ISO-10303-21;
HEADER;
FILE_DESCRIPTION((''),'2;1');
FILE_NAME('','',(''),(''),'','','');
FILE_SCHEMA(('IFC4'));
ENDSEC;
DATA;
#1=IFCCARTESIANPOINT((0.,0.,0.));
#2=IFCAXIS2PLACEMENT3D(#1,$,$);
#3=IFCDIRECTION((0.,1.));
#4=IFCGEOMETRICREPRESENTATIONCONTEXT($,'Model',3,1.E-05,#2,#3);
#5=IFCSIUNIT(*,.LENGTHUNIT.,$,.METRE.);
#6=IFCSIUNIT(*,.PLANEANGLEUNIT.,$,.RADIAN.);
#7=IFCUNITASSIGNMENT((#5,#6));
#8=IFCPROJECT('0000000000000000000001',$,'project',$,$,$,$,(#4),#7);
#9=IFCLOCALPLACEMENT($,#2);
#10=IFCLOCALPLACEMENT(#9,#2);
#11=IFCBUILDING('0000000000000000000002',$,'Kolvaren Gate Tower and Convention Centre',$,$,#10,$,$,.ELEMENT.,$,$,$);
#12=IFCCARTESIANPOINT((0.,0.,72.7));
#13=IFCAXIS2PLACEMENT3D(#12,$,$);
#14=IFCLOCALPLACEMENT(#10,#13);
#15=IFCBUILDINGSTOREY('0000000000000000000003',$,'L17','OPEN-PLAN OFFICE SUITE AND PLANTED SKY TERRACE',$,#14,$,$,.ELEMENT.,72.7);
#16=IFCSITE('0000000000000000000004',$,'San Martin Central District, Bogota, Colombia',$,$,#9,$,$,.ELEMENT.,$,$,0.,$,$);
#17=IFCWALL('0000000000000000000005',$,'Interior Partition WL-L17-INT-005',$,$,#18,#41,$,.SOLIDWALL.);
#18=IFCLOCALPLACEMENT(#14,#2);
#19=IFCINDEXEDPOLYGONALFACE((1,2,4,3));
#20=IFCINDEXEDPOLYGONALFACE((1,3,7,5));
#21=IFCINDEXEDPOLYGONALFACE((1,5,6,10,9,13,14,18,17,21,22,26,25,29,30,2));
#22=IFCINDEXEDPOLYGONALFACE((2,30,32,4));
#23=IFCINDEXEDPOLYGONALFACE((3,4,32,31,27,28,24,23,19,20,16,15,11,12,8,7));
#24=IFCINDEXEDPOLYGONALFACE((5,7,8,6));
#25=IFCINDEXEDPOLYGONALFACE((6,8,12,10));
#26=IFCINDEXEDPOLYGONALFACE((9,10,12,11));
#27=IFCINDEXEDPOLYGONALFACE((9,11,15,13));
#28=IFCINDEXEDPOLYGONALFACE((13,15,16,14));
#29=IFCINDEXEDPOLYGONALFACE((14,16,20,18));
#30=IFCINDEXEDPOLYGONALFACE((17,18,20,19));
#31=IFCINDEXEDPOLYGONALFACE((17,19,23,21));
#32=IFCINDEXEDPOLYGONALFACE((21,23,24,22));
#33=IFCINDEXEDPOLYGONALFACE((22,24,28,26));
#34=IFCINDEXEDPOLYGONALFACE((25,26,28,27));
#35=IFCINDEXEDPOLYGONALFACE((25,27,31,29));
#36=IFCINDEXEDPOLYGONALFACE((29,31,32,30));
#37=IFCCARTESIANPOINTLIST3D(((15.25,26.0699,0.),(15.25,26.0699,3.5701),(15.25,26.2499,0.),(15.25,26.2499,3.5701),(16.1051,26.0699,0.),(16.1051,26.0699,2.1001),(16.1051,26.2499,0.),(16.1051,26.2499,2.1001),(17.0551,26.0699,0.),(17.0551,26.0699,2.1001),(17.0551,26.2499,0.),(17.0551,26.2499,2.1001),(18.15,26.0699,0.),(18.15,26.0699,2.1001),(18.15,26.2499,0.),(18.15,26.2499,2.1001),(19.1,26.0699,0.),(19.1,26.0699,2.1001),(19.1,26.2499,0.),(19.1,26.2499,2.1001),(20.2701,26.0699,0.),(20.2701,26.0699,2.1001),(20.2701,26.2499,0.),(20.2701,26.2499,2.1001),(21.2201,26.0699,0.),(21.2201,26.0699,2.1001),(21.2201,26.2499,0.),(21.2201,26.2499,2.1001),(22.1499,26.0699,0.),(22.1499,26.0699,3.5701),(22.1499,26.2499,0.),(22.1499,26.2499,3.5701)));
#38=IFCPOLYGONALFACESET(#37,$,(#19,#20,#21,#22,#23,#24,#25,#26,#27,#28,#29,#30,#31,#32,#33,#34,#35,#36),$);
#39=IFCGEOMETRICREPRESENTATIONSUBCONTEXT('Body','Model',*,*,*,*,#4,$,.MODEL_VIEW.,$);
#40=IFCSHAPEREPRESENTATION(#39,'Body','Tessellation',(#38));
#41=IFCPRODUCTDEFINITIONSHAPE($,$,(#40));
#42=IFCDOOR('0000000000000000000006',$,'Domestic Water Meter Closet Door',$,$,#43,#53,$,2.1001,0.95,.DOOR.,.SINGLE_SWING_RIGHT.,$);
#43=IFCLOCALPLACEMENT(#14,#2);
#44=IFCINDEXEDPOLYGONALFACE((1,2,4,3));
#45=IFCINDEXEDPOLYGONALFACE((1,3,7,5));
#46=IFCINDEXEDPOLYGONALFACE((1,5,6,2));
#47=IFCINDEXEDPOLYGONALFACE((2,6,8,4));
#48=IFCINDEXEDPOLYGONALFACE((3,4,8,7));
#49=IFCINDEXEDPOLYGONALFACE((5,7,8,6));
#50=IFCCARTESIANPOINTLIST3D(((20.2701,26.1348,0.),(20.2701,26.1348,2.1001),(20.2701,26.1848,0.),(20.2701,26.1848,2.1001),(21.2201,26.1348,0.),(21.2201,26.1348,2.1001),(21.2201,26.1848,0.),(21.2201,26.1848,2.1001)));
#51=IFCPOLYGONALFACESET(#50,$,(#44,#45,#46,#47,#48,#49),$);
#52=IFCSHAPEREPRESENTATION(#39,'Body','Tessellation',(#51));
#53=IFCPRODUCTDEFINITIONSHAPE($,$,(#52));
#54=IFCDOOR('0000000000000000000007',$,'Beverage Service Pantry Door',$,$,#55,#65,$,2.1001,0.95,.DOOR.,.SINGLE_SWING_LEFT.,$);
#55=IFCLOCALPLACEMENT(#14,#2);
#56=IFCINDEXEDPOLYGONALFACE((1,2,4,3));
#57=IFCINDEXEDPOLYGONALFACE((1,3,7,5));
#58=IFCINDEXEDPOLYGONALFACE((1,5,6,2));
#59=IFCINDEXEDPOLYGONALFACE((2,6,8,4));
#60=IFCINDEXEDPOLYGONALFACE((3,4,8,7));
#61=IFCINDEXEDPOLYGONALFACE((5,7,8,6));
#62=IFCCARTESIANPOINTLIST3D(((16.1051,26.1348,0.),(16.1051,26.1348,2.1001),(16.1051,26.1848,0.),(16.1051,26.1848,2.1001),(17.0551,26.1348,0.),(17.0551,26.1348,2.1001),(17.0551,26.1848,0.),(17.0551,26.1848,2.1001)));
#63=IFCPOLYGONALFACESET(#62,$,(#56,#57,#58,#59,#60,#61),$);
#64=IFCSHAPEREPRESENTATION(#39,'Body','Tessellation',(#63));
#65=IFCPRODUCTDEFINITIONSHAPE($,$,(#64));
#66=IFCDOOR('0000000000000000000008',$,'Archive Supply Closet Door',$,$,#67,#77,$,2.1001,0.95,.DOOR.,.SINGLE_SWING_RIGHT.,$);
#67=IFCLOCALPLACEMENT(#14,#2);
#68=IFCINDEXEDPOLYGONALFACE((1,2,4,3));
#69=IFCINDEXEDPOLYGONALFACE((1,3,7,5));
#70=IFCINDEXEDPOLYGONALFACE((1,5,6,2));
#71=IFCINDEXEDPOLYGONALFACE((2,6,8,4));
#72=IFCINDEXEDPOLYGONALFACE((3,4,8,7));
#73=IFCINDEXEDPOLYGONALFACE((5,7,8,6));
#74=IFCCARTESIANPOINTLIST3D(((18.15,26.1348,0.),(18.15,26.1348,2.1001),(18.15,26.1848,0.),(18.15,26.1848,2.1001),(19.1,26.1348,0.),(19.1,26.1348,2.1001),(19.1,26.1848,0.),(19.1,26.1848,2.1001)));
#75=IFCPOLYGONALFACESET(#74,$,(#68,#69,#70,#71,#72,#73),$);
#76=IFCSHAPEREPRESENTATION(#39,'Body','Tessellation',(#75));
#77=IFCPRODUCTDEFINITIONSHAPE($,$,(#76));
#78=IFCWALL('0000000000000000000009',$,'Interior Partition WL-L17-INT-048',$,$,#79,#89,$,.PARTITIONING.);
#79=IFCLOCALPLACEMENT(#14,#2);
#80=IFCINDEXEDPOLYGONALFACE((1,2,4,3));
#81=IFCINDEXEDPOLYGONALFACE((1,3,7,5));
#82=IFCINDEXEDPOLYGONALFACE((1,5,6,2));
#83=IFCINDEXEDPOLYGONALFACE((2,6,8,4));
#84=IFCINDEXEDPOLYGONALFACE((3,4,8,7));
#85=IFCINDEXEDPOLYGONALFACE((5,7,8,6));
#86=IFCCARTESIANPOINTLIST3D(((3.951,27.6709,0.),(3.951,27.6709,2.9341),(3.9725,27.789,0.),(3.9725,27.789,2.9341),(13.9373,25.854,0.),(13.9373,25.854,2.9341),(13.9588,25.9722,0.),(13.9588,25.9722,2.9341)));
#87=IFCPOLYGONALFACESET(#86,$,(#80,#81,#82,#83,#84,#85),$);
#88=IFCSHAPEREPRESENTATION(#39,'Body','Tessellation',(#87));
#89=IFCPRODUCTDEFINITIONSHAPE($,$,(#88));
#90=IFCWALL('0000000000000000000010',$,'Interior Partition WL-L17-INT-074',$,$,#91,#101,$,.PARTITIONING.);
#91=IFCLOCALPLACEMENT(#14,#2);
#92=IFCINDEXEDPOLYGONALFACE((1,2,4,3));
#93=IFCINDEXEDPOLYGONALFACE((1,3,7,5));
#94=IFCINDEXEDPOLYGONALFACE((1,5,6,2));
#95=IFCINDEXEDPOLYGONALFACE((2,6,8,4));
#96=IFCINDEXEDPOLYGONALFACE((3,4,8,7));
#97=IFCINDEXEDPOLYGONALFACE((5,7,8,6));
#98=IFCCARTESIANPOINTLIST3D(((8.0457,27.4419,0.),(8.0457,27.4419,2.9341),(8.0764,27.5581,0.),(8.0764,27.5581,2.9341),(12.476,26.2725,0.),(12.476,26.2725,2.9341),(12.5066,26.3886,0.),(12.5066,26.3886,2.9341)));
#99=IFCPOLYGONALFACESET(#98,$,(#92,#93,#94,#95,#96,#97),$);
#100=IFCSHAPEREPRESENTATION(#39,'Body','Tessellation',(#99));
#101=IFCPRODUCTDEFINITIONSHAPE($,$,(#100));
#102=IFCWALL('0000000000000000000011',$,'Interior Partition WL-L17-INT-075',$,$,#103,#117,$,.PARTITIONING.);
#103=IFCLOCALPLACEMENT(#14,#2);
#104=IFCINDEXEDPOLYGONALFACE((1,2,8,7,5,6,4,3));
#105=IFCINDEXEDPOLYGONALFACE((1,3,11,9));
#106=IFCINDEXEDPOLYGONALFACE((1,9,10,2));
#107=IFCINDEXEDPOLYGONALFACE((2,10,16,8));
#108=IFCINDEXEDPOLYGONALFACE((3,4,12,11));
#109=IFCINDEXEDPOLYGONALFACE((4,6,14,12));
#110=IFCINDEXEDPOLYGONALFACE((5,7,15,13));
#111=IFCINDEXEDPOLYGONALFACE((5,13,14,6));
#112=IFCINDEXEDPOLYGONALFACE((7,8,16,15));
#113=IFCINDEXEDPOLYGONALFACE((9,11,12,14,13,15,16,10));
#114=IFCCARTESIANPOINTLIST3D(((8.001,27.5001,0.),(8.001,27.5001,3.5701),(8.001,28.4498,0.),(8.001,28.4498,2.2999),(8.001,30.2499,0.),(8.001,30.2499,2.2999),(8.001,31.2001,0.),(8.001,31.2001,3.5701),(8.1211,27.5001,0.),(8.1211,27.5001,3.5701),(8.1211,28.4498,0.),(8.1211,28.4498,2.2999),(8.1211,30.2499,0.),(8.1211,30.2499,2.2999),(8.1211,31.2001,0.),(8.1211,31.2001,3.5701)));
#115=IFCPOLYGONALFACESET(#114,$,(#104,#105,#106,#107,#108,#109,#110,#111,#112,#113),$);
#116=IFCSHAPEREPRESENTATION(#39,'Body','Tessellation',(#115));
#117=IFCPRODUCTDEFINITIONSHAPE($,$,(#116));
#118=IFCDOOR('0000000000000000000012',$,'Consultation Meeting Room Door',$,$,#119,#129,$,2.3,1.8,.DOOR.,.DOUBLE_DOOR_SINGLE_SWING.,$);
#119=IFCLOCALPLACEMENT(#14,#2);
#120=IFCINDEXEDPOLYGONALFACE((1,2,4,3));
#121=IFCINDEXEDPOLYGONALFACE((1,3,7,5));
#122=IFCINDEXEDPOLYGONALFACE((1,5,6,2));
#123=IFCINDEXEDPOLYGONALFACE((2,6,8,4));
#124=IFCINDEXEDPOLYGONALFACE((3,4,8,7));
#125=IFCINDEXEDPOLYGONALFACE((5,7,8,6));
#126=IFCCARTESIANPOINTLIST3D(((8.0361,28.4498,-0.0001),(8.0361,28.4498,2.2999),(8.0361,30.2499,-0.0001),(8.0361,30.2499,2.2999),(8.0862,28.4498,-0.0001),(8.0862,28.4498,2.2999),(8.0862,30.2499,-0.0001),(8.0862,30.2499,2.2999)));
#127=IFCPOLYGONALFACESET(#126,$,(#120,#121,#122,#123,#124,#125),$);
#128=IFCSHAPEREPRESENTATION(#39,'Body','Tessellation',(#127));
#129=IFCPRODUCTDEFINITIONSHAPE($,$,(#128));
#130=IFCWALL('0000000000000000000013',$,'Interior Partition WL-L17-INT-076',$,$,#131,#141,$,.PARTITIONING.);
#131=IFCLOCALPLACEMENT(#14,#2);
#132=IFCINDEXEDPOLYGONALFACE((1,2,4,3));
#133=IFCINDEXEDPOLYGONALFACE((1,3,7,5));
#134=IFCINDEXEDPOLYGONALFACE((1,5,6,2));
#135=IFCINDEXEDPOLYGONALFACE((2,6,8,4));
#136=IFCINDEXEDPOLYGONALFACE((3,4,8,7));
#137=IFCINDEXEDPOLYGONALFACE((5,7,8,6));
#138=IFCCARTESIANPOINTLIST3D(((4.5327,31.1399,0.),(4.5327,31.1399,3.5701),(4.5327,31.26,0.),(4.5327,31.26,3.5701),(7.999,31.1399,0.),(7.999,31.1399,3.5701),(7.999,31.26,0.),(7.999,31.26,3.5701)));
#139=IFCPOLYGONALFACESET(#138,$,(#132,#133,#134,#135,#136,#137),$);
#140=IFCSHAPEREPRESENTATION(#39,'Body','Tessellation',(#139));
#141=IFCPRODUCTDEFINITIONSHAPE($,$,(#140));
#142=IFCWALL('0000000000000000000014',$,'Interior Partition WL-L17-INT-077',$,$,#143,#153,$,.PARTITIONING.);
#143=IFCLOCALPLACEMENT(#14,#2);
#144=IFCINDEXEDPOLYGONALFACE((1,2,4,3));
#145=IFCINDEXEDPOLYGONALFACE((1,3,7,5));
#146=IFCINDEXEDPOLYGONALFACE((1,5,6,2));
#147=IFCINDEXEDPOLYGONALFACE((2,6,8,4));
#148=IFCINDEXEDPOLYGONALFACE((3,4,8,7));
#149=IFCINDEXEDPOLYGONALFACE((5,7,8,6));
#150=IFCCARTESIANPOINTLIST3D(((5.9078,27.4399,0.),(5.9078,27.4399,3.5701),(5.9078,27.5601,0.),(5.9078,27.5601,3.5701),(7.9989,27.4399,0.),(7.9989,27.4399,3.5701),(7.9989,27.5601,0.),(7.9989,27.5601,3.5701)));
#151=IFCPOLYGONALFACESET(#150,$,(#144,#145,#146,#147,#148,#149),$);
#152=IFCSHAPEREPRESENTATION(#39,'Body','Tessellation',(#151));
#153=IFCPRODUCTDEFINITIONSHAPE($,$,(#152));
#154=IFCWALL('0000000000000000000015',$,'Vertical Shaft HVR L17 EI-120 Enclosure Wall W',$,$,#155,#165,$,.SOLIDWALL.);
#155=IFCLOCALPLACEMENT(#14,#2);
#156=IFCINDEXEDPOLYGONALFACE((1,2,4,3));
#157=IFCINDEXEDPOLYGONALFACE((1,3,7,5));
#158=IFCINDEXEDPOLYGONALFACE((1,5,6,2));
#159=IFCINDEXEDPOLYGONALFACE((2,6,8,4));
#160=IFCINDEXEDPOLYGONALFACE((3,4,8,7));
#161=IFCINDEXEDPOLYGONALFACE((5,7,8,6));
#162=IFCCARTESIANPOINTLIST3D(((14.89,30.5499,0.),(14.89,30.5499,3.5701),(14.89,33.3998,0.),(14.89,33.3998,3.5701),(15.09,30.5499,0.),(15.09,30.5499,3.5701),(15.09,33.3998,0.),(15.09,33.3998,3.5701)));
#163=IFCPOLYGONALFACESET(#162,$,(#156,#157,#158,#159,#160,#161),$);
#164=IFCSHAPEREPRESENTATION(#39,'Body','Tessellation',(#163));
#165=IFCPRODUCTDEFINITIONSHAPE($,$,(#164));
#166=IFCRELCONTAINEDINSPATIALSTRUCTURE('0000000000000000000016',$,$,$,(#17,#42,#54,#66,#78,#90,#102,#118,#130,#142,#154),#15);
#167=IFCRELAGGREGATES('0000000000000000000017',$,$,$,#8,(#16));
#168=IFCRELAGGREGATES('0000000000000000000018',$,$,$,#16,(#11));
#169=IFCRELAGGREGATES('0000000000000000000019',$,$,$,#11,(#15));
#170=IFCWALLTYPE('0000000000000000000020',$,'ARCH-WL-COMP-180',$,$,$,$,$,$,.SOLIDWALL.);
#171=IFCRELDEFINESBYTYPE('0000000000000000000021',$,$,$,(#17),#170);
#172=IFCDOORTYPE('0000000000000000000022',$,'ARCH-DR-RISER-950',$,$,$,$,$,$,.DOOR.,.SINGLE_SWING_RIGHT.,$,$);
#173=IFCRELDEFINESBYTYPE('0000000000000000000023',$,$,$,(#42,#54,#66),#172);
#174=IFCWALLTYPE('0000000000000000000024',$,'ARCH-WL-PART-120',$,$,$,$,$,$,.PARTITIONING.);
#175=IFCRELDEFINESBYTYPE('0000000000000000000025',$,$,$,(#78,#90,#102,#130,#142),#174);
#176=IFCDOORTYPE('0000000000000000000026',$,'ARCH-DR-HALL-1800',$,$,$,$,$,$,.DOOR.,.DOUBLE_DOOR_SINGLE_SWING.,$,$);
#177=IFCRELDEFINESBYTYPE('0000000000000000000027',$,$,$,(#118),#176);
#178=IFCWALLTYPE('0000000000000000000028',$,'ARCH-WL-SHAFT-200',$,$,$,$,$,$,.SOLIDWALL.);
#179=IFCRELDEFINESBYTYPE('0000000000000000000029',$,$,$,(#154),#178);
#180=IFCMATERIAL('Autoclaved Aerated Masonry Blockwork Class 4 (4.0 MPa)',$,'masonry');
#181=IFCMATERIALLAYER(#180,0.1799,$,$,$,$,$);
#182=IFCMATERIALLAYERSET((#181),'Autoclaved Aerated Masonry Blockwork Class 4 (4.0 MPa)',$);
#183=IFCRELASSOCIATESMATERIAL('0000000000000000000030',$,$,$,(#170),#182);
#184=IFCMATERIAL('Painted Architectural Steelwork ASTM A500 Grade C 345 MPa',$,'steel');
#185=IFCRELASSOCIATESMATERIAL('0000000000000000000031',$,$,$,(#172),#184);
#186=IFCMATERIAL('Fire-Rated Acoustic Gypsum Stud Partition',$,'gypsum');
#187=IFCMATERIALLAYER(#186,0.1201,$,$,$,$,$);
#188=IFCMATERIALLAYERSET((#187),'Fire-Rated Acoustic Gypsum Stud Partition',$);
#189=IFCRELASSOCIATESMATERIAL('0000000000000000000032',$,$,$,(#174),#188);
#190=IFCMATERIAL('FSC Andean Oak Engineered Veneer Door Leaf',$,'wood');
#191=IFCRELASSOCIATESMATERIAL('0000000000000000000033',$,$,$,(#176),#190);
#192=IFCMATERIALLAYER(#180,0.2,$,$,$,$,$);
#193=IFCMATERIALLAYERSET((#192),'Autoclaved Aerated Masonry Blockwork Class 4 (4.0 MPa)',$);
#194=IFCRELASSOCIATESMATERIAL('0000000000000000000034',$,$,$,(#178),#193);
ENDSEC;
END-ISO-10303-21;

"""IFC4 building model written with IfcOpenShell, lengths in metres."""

from ifc_helpers import new_model, si_unit, direction, frame, frame_2d, origin, place, context, subcontext, project, spatial, rectangle, extrude, material, layer, layer_set, type_object, element, fill, save


model = new_model("IFC4")

# Units and contexts
model_context = context("Model", 3, precision=1e-05, world=origin(), true_north=direction((0.0, 1.0)))
body_context = subcontext(model_context, "Body", "Model", "MODEL_VIEW")
ifc_project = project(units=[si_unit("LENGTHUNIT", "METRE"), si_unit("PLANEANGLEUNIT", "RADIAN")], contexts=[model_context])

# Site, building, storey
site_placement = place(None, origin())
site = spatial("IfcSite", under=ifc_project, at=site_placement, Name="San Martin Central District, Bogota, Colombia", CompositionType="ELEMENT", RefElevation=0.0)
building_placement = place(site_placement, origin())
building = spatial("IfcBuilding", under=site, at=building_placement, Name="Kolvaren Gate Tower and Convention Centre", CompositionType="ELEMENT")
storey_placement = place(building_placement, frame((0.0, 0.0, 72.7)))
storey = spatial("IfcBuildingStorey", under=building, at=storey_placement, Name="L17", Description="OPEN-PLAN OFFICE SUITE AND PLANTED SKY TERRACE", CompositionType="ELEMENT", Elevation=72.7)

# Wall, openings, doors
ifc_material_1 = material(Name="Autoclaved Aerated Masonry Blockwork Class 4 (4.0 MPa)", Category="masonry")
ifc_layer_1 = layer(ifc_material_1, 0.1799)
ifc_layer_set_1 = layer_set([ifc_layer_1], Name="Autoclaved Aerated Masonry Blockwork Class 4 (4.0 MPa)")
wall_type_1 = type_object("IfcWallType", Name="ARCH-WL-COMP-180", PredefinedType="SOLIDWALL", material=ifc_layer_set_1)
ifc_material_2 = material(Name="Painted Architectural Steelwork ASTM A500 Grade C 345 MPa", Category="steel")
door_type_1 = type_object("IfcDoorType", Name="ARCH-DR-RISER-950", OperationType="SINGLE_SWING_RIGHT", PredefinedType="DOOR", material=ifc_material_2)
wall_1_placement = place(storey_placement, frame((15.25, 26.1599, 0.0), z_axis=(0.0, 0.0, 1.0), x_axis=(1.0, 0.0, 0.0)))
wall_1 = element("IfcWall", 1, at=wall_1_placement, inside=storey, type_object=wall_type_1, Name="Interior Partition WL-L17-INT-005", PredefinedType="SOLIDWALL", context=body_context, shape_type="SweptSolid", body=[
    extrude(rectangle(XDim=6.8999, YDim=0.1799, at=frame_2d((3.45, 0.0))), origin(), (0.0, 0.0, 1.0), 3.5701),
])
opening_1_placement = place(wall_1_placement, frame((5.02, 0.0, 0.0)))
opening_1 = element("IfcOpeningElement", 2, at=opening_1_placement, cuts=wall_1, PredefinedType="OPENING", context=body_context, shape_type="SweptSolid", body=[
    extrude(rectangle(XDim=0.95, YDim=2.1001, at=frame_2d((0.4751, 1.05))), frame((0.0, 0.0999, 0.0), z_axis=(0.0, -1.0, 0.0), x_axis=(1.0, 0.0, 0.0)), (0.0, 0.0, 1.0), 0.2),
])
opening_2_placement = place(wall_1_placement, frame((0.855, 0.0, 0.0)))
opening_2 = element("IfcOpeningElement", 3, at=opening_2_placement, cuts=wall_1, PredefinedType="OPENING", context=body_context, shape_type="SweptSolid", body=[
    extrude(rectangle(XDim=0.95, YDim=2.1001, at=frame_2d((0.4751, 1.05))), frame((0.0, 0.0999, 0.0), z_axis=(0.0, -1.0, 0.0), x_axis=(1.0, 0.0, 0.0)), (0.0, 0.0, 1.0), 0.2),
])
opening_3_placement = place(wall_1_placement, frame((2.8999, 0.0, 0.0)))
opening_3 = element("IfcOpeningElement", 4, at=opening_3_placement, cuts=wall_1, PredefinedType="OPENING", context=body_context, shape_type="SweptSolid", body=[
    extrude(rectangle(XDim=0.95, YDim=2.1001, at=frame_2d((0.4751, 1.05))), frame((0.0, 0.0999, 0.0), z_axis=(0.0, -1.0, 0.0), x_axis=(1.0, 0.0, 0.0)), (0.0, 0.0, 1.0), 0.2),
])
door_1_placement = place(opening_1_placement, origin())
door_1 = element("IfcDoor", 5, at=door_1_placement, inside=storey, type_object=door_type_1, Name="Domestic Water Meter Closet Door", OperationType="SINGLE_SWING_RIGHT", OverallHeight=2.1001, OverallWidth=0.95, PredefinedType="DOOR", context=body_context, shape_type="SweptSolid", body=[
    extrude(rectangle(XDim=0.95, YDim=2.1001, at=frame_2d((0.4751, 1.05))), frame((0.0, 0.0249, 0.0), z_axis=(0.0, -1.0, 0.0), x_axis=(1.0, 0.0, 0.0)), (0.0, 0.0, 1.0), 0.05),
])
fill(opening_1, door_1)
door_2_placement = place(opening_2_placement, origin())
door_2 = element("IfcDoor", 6, at=door_2_placement, inside=storey, type_object=door_type_1, Name="Beverage Service Pantry Door", OperationType="SINGLE_SWING_LEFT", OverallHeight=2.1001, OverallWidth=0.95, PredefinedType="DOOR", context=body_context, shape_type="SweptSolid", body=[
    extrude(rectangle(XDim=0.95, YDim=2.1001, at=frame_2d((0.4751, 1.05))), frame((0.0, 0.0249, 0.0), z_axis=(0.0, -1.0, 0.0), x_axis=(1.0, 0.0, 0.0)), (0.0, 0.0, 1.0), 0.05),
])
fill(opening_2, door_2)
door_3_placement = place(opening_3_placement, origin())
door_3 = element("IfcDoor", 7, at=door_3_placement, inside=storey, type_object=door_type_1, Name="Archive Supply Closet Door", OperationType="SINGLE_SWING_RIGHT", OverallHeight=2.1001, OverallWidth=0.95, PredefinedType="DOOR", context=body_context, shape_type="SweptSolid", body=[
    extrude(rectangle(XDim=0.95, YDim=2.1001, at=frame_2d((0.4751, 1.05))), frame((0.0, 0.0249, 0.0), z_axis=(0.0, -1.0, 0.0), x_axis=(1.0, 0.0, 0.0)), (0.0, 0.0, 1.0), 0.05),
])
fill(opening_3, door_3)

# Walls
ifc_material_3 = material(Name="Fire-Rated Acoustic Gypsum Stud Partition", Category="gypsum")
ifc_layer_2 = layer(ifc_material_3, 0.1201)
ifc_layer_set_2 = layer_set([ifc_layer_2], Name="Fire-Rated Acoustic Gypsum Stud Partition")
wall_type_2 = type_object("IfcWallType", Name="ARCH-WL-PART-120", PredefinedType="PARTITIONING", material=ifc_layer_set_2)
wall_2_placement = place(storey_placement, frame((3.9617, 27.73, 0.0), z_axis=(0.0, 0.0, 1.0), x_axis=(0.983849, -0.179, 0.0)))
element("IfcWall", 8, at=wall_2_placement, inside=storey, type_object=wall_type_2, Name="Interior Partition WL-L17-INT-048", PredefinedType="PARTITIONING", context=body_context, shape_type="SweptSolid", body=[
    extrude(rectangle(XDim=10.1501, YDim=0.1201, at=frame_2d((5.0752, 0.0))), origin(), (0.0, 0.0, 1.0), 2.9341),
])
wall_3_placement = place(storey_placement, frame((8.061, 27.5, 0.0), z_axis=(0.0, 0.0, 1.0), x_axis=(0.966881, -0.255228, 0.0)))
element("IfcWall", 9, at=wall_3_placement, inside=storey, type_object=wall_type_2, Name="Interior Partition WL-L17-INT-074", PredefinedType="PARTITIONING", context=body_context, shape_type="SweptSolid", body=[
    extrude(rectangle(XDim=4.582, YDim=0.1201, at=frame_2d((2.291, 0.0))), origin(), (0.0, 0.0, 1.0), 2.9341),
])

# Wall, opening, door
wall_4_placement = place(storey_placement, frame((8.061, 27.5, 0.0), z_axis=(0.0, 0.0, 1.0), x_axis=(0.0, 1.0, 0.0)))
wall_4 = element("IfcWall", 10, at=wall_4_placement, inside=storey, type_object=wall_type_2, Name="Interior Partition WL-L17-INT-075", PredefinedType="PARTITIONING", context=body_context, shape_type="SweptSolid", body=[
    extrude(rectangle(XDim=3.7, YDim=0.1201, at=frame_2d((1.8501, 0.0))), origin(), (0.0, 0.0, 1.0), 3.5701),
])
opening_4_placement = place(wall_4_placement, frame((0.95, 0.0, 0.0)))
opening_4 = element("IfcOpeningElement", 11, at=opening_4_placement, cuts=wall_4, PredefinedType="OPENING", context=body_context, shape_type="SweptSolid", body=[
    extrude(rectangle(XDim=1.8, YDim=2.3, at=frame_2d((0.8999, 1.1499))), frame((0.0, 0.0701, 0.0), z_axis=(0.0, -1.0, 0.0), x_axis=(1.0, 0.0, 0.0)), (0.0, 0.0, 1.0), 0.1401),
])
ifc_material_4 = material(Name="FSC Andean Oak Engineered Veneer Door Leaf", Category="wood")
door_type_2 = type_object("IfcDoorType", Name="ARCH-DR-HALL-1800", OperationType="DOUBLE_DOOR_SINGLE_SWING", PredefinedType="DOOR", material=ifc_material_4)
door_4_placement = place(opening_4_placement, origin())
door_4 = element("IfcDoor", 12, at=door_4_placement, inside=storey, type_object=door_type_2, Name="Consultation Meeting Room Door", OperationType="DOUBLE_DOOR_SINGLE_SWING", OverallHeight=2.3, OverallWidth=1.8, PredefinedType="DOOR", context=body_context, shape_type="SweptSolid", body=[
    extrude(rectangle(XDim=1.8, YDim=2.3, at=frame_2d((0.8999, 1.1499))), frame((0.0, 0.0249, 0.0), z_axis=(0.0, -1.0, 0.0), x_axis=(1.0, 0.0, 0.0)), (0.0, 0.0, 1.0), 0.05),
])
fill(opening_4, door_4)

# Walls
wall_5_placement = place(storey_placement, frame((4.5327, 31.2, 0.0), z_axis=(0.0, 0.0, 1.0), x_axis=(1.0, 0.0, 0.0)))
element("IfcWall", 13, at=wall_5_placement, inside=storey, type_object=wall_type_2, Name="Interior Partition WL-L17-INT-076", PredefinedType="PARTITIONING", context=body_context, shape_type="SweptSolid", body=[
    extrude(rectangle(XDim=3.4663, YDim=0.1201, at=frame_2d((1.7332, 0.0))), origin(), (0.0, 0.0, 1.0), 3.5701),
])
wall_6_placement = place(storey_placement, frame((5.908, 27.5, 0.0), z_axis=(0.0, 0.0, 1.0), x_axis=(1.0, 0.0, 0.0)))
element("IfcWall", 14, at=wall_6_placement, inside=storey, type_object=wall_type_2, Name="Interior Partition WL-L17-INT-077", PredefinedType="PARTITIONING", context=body_context, shape_type="SweptSolid", body=[
    extrude(rectangle(XDim=2.0911, YDim=0.1201, at=frame_2d((1.0454, 0.0))), origin(), (0.0, 0.0, 1.0), 3.5701),
])
ifc_layer_3 = layer(ifc_material_1, 0.2)
ifc_layer_set_3 = layer_set([ifc_layer_3], Name="Autoclaved Aerated Masonry Blockwork Class 4 (4.0 MPa)")
wall_type_3 = type_object("IfcWallType", Name="ARCH-WL-SHAFT-200", PredefinedType="SOLIDWALL", material=ifc_layer_set_3)
wall_7_placement = place(storey_placement, frame((14.99, 30.55, 0.0), z_axis=(0.0, 0.0, 1.0), x_axis=(0.0, 1.0, 0.0)))
element("IfcWall", 15, at=wall_7_placement, inside=storey, type_object=wall_type_3, Name="Vertical Shaft HVR L17 EI-120 Enclosure Wall W", PredefinedType="SOLIDWALL", context=body_context, shape_type="SweptSolid", body=[
    extrude(rectangle(XDim=2.8499, YDim=0.2, at=frame_2d((1.4248, 0.0))), origin(), (0.0, 0.0, 1.0), 3.5701),
])

save(model, "model.ifc")
